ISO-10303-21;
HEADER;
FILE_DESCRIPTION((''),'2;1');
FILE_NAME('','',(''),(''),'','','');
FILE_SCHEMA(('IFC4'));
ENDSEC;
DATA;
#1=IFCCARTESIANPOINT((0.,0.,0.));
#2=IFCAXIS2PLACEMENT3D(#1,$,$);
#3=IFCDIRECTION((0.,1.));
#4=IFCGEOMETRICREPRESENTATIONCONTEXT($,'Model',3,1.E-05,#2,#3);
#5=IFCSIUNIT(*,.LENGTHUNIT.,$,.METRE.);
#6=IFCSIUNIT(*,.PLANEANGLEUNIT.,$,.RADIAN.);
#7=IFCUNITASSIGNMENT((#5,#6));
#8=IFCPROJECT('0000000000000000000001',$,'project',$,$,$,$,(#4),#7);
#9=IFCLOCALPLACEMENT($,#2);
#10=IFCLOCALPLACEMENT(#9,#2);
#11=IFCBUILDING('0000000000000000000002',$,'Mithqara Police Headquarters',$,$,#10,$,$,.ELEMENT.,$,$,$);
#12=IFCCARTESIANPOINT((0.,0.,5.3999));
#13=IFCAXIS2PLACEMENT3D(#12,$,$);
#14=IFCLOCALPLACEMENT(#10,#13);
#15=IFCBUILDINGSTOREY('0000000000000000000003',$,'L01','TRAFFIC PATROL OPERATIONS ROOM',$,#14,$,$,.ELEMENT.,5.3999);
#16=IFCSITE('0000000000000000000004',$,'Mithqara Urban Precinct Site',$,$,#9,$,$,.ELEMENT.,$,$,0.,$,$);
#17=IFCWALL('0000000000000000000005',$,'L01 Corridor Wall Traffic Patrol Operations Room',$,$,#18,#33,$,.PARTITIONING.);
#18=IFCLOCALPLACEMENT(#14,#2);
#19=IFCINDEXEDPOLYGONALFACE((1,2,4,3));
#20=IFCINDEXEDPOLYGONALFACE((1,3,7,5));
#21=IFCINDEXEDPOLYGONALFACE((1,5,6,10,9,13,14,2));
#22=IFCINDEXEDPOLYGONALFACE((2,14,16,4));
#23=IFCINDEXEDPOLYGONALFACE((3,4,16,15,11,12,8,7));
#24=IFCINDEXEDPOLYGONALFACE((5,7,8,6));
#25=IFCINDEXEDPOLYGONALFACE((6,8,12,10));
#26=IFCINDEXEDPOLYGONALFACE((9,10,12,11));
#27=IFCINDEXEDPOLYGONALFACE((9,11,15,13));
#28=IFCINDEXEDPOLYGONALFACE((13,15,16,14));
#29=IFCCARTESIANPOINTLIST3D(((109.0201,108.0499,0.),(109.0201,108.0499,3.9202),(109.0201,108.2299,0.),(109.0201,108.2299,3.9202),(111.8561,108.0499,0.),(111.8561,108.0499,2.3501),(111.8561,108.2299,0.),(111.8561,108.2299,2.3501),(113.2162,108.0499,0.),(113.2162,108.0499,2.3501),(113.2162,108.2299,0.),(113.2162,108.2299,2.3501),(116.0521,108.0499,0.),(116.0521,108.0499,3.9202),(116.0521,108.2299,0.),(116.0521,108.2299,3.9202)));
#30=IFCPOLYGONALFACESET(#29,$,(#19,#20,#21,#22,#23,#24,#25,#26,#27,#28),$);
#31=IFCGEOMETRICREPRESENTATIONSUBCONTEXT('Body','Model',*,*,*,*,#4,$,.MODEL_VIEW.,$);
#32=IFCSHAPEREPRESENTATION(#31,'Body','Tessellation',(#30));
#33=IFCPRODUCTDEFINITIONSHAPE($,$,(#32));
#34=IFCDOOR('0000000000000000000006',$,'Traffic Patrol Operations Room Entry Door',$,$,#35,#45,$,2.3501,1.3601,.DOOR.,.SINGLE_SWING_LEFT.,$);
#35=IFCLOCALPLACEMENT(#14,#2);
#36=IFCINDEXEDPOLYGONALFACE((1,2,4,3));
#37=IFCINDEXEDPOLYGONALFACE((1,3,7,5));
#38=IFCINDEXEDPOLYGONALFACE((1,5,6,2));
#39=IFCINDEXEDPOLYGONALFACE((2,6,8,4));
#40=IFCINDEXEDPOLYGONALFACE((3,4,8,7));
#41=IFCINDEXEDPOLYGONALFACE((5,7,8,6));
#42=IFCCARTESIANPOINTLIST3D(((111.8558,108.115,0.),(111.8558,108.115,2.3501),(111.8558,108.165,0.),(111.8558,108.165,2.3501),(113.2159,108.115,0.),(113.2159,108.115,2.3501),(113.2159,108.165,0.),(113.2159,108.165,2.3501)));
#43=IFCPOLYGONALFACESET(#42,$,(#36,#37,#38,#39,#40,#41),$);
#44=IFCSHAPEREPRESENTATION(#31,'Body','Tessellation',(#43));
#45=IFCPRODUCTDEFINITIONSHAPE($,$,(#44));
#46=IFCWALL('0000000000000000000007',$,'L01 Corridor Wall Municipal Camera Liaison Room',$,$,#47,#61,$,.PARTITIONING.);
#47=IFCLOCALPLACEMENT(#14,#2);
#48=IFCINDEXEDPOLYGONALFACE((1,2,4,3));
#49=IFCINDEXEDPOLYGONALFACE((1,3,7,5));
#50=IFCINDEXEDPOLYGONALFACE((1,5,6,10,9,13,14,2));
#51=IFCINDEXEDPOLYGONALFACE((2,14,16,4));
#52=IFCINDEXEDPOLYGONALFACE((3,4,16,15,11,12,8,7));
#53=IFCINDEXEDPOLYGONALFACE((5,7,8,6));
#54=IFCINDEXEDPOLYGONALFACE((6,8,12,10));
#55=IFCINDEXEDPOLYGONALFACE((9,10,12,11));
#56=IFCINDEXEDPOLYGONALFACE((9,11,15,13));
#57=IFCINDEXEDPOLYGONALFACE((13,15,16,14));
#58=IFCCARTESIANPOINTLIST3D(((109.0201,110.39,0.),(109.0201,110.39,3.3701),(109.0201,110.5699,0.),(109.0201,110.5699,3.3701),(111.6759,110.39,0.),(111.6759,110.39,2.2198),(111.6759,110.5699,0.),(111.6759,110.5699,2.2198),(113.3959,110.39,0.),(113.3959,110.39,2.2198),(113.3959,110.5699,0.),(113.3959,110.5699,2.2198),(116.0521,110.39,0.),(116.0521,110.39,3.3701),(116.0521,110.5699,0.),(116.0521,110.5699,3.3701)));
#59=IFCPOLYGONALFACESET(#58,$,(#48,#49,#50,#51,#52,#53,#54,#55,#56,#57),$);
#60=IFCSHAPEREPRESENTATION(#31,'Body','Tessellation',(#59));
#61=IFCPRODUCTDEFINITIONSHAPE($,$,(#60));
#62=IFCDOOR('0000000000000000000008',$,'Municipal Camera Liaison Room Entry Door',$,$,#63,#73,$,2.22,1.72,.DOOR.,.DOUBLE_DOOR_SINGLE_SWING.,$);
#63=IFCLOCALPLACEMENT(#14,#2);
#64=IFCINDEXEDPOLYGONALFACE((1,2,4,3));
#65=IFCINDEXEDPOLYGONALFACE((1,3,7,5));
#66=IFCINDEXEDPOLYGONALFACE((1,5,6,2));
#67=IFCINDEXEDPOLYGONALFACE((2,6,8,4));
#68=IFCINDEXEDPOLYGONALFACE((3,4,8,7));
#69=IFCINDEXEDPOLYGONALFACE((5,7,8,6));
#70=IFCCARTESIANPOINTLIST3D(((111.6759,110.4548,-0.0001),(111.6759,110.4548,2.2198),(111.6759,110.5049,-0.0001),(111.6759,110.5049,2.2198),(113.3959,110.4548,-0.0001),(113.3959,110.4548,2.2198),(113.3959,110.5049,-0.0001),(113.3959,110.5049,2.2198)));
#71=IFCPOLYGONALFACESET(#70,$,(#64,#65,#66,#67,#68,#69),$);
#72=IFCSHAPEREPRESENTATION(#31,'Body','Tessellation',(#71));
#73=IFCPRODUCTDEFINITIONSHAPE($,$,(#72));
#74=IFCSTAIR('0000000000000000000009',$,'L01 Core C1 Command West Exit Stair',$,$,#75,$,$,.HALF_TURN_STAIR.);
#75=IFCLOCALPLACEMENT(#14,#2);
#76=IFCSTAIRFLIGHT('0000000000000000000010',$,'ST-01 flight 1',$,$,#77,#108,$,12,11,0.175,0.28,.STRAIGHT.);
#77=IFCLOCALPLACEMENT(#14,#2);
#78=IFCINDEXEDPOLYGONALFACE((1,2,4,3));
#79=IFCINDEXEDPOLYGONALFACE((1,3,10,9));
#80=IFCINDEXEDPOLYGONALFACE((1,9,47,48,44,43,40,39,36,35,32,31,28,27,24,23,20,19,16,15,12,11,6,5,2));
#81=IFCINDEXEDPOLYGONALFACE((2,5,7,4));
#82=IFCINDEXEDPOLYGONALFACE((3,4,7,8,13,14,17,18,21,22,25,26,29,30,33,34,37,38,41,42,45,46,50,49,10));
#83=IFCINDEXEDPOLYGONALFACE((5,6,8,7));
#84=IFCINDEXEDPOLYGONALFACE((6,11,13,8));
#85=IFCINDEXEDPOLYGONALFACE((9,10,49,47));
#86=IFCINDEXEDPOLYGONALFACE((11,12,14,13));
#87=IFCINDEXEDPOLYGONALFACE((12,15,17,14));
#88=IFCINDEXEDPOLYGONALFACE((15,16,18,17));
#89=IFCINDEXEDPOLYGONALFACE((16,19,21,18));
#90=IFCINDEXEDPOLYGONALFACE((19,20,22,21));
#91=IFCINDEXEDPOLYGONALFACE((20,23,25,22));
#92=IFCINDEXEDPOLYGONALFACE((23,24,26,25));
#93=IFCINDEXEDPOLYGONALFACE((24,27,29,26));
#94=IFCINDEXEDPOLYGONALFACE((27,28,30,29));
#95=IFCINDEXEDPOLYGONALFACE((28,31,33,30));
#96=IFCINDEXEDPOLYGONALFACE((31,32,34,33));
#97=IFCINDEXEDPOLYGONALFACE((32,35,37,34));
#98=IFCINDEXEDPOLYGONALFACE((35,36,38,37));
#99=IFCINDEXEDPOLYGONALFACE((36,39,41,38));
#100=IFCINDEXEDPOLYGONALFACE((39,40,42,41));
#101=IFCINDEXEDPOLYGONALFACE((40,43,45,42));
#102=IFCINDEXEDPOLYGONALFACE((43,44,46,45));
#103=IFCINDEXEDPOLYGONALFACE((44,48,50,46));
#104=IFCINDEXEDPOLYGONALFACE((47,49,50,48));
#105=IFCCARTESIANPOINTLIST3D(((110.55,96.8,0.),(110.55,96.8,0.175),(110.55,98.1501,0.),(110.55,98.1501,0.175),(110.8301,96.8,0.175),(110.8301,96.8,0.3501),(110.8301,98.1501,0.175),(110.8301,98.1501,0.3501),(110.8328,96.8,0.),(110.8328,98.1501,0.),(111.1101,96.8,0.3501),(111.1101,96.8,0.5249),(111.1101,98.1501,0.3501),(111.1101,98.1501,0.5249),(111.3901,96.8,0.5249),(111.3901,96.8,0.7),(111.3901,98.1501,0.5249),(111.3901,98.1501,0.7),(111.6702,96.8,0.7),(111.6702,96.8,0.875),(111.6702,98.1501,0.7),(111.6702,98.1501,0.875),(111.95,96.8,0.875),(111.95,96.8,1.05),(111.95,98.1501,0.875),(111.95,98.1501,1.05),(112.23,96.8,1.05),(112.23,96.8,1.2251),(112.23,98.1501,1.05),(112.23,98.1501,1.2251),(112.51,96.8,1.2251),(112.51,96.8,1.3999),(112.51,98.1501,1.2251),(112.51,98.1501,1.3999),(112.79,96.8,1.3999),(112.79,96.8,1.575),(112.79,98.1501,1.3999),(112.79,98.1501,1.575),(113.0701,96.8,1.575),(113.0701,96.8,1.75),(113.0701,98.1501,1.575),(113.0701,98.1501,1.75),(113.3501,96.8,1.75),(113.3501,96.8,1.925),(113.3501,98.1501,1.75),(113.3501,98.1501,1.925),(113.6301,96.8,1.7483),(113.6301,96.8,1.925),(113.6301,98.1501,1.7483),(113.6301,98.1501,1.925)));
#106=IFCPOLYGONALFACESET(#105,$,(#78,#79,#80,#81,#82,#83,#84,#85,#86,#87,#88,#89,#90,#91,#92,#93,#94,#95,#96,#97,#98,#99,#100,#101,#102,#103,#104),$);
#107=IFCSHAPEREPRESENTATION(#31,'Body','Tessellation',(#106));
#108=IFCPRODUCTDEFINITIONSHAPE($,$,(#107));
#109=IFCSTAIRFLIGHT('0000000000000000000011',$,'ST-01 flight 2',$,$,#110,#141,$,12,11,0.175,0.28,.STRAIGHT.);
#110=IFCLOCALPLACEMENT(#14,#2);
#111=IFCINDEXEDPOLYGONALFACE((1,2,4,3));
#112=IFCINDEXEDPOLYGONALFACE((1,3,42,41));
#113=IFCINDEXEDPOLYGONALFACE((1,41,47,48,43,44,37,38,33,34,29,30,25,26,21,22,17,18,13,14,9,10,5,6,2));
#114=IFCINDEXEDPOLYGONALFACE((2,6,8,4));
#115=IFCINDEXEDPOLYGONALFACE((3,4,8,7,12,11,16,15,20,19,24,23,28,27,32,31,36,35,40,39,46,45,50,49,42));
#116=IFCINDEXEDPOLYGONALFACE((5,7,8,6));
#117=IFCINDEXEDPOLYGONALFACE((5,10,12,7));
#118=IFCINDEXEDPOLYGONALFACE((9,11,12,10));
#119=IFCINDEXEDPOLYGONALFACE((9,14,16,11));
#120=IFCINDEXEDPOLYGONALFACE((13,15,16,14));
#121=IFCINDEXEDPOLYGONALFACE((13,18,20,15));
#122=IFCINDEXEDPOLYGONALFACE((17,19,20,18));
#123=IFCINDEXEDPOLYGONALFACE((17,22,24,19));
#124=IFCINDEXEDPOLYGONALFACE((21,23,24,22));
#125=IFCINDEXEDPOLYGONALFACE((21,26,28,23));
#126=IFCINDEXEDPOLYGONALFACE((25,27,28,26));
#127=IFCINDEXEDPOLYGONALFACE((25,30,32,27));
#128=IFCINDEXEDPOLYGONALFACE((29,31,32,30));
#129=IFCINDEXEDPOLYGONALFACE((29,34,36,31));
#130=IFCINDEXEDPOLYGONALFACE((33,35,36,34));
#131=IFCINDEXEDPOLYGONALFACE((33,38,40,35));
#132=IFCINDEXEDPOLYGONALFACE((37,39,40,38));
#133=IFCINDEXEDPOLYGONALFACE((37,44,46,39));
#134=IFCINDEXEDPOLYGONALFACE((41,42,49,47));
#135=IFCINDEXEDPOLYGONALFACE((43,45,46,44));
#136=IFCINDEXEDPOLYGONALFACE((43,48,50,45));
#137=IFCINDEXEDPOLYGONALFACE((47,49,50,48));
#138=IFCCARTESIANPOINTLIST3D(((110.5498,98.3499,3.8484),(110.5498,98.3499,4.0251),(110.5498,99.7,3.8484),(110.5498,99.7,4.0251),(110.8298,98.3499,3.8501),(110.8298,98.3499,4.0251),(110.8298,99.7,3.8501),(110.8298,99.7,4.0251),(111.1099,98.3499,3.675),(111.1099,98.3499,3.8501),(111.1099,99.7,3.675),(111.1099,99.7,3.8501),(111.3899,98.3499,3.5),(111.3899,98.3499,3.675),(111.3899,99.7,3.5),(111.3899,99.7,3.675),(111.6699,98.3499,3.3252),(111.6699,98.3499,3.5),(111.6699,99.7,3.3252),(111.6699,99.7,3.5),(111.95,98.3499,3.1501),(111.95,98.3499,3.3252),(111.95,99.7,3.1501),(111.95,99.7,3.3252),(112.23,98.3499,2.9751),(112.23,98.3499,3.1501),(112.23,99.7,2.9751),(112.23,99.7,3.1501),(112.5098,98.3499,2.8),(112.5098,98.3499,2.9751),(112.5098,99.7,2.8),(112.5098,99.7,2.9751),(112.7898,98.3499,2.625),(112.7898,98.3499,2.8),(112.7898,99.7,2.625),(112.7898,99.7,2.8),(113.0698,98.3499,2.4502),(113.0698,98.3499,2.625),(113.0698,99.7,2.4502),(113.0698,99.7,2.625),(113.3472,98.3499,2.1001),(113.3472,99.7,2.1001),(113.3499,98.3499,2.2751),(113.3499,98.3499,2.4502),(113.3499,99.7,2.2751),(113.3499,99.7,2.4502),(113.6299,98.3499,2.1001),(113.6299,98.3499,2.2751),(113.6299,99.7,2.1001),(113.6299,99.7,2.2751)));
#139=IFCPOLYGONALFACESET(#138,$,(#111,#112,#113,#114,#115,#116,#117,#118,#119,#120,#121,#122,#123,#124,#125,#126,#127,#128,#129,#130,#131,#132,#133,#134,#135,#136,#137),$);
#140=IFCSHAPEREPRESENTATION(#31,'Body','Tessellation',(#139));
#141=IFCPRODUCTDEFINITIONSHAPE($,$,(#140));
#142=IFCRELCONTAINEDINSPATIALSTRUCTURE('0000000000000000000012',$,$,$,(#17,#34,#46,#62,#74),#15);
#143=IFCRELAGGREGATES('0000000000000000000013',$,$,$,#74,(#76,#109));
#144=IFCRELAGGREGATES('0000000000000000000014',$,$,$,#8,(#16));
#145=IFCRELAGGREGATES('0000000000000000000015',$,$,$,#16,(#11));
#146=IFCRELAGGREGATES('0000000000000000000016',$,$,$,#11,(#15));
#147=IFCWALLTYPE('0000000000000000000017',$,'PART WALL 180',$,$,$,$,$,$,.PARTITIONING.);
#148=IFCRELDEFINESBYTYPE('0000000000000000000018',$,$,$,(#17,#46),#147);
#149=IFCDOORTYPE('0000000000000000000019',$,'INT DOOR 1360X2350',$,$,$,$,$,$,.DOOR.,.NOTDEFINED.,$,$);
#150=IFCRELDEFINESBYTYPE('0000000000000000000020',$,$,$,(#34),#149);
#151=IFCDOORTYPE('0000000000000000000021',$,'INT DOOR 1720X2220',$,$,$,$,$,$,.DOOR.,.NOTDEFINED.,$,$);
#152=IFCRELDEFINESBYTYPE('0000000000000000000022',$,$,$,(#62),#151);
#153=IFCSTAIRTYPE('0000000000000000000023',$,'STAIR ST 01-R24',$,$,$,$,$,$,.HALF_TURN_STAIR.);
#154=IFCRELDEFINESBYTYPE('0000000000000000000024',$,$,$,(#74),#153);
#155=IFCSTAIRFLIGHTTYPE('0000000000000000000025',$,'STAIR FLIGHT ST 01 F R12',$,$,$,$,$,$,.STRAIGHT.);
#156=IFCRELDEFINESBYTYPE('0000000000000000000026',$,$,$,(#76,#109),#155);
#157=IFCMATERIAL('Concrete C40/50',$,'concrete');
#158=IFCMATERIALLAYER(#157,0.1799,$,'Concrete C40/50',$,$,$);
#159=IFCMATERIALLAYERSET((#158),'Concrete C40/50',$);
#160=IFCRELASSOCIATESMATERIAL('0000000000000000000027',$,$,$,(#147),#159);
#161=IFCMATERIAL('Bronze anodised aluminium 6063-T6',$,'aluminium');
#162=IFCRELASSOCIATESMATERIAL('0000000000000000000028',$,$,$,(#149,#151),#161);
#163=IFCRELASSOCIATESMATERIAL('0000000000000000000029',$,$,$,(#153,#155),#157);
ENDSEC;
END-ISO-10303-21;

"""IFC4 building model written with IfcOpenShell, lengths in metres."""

from ifc_helpers import new_model, si_unit, direction, frame, frame_2d, origin, place, context, subcontext, project, spatial, polyline, rectangle, outline, extrude, material, layer, layer_set, type_object, element, fill, aggregate, save


model = new_model("IFC4")

# Units and contexts
model_context = context("Model", 3, precision=1e-05, world=origin(), true_north=direction((0.0, 1.0)))
body_context = subcontext(model_context, "Body", "Model", "MODEL_VIEW")
ifc_project = project(units=[si_unit("LENGTHUNIT", "METRE"), si_unit("PLANEANGLEUNIT", "RADIAN")], contexts=[model_context])

# Site, building, storey
site_placement = place(None, origin())
site = spatial("IfcSite", under=ifc_project, at=site_placement, Name="Mithqara Urban Precinct Site", CompositionType="ELEMENT", RefElevation=0.0)
building_placement = place(site_placement, origin())
building = spatial("IfcBuilding", under=site, at=building_placement, Name="Mithqara Police Headquarters", CompositionType="ELEMENT")
storey_placement = place(building_placement, frame((0.0, 0.0, 5.3999)))
storey = spatial("IfcBuildingStorey", under=building, at=storey_placement, Name="L01", Description="TRAFFIC PATROL OPERATIONS ROOM", CompositionType="ELEMENT", Elevation=5.3999)

# Shared definitions
ifc_material_1 = material(Name="Concrete C40/50", Category="concrete")

# Walls, openings, doors
ifc_layer_1 = layer(ifc_material_1, 0.1799, Name="Concrete C40/50")
ifc_layer_set_1 = layer_set([ifc_layer_1], Name="Concrete C40/50")
wall_type = type_object("IfcWallType", Name="PART WALL 180", PredefinedType="PARTITIONING", material=ifc_layer_set_1)
wall_1_placement = place(storey_placement, frame((109.02, 108.1399, 0.0), z_axis=(0.0, 0.0, 1.0), x_axis=(1.0, 0.0, 0.0)))
wall_1 = element("IfcWall", 1, at=wall_1_placement, inside=storey, type_object=wall_type, Name="L01 Corridor Wall Traffic Patrol Operations Room", PredefinedType="PARTITIONING", context=body_context, shape_type="SweptSolid", body=[
    extrude(rectangle(XDim=7.032, YDim=0.1799, at=frame_2d((3.5161, 0.0))), origin(), (0.0, 0.0, 1.0), 3.9202),
])
opening_1_placement = place(wall_1_placement, frame((2.8359, 0.0, 0.0)))
opening_1 = element("IfcOpeningElement", 2, at=opening_1_placement, cuts=wall_1, PredefinedType="OPENING", context=body_context, shape_type="SweptSolid", body=[
    extrude(rectangle(XDim=1.3601, YDim=2.3501, at=frame_2d((0.6802, 1.175))), frame((0.0, 0.1001, 0.0), z_axis=(0.0, -1.0, 0.0), x_axis=(1.0, 0.0, 0.0)), (0.0, 0.0, 1.0), 0.2),
])
ifc_material_2 = material(Name="Bronze anodised aluminium 6063-T6", Category="aluminium")
door_type_1 = type_object("IfcDoorType", Name="INT DOOR 1360X2350", OperationType="NOTDEFINED", PredefinedType="DOOR", material=ifc_material_2)
door_1_placement = place(opening_1_placement, frame((1.3601, 0.0, 0.0), z_axis=(0.0, 0.0, 1.0), x_axis=(-1.0, 0.0, 0.0)))
door_1 = element("IfcDoor", 3, at=door_1_placement, inside=storey, type_object=door_type_1, Name="Traffic Patrol Operations Room Entry Door", OperationType="SINGLE_SWING_LEFT", OverallHeight=2.3501, OverallWidth=1.3601, PredefinedType="DOOR", context=body_context, shape_type="SweptSolid", body=[
    extrude(rectangle(XDim=1.3601, YDim=2.3501, at=frame_2d((0.6802, 1.175))), frame((0.0, 0.0249, 0.0), z_axis=(0.0, -1.0, 0.0), x_axis=(1.0, 0.0, 0.0)), (0.0, 0.0, 1.0), 0.05),
])
fill(opening_1, door_1)
wall_2_placement = place(storey_placement, frame((109.02, 110.48, 0.0), z_axis=(0.0, 0.0, 1.0), x_axis=(1.0, 0.0, 0.0)))
wall_2 = element("IfcWall", 4, at=wall_2_placement, inside=storey, type_object=wall_type, Name="L01 Corridor Wall Municipal Camera Liaison Room", PredefinedType="PARTITIONING", context=body_context, shape_type="SweptSolid", body=[
    extrude(rectangle(XDim=7.032, YDim=0.1799, at=frame_2d((3.5161, 0.0))), origin(), (0.0, 0.0, 1.0), 3.3701),
])
opening_2_placement = place(wall_2_placement, frame((2.656, 0.0, 0.0)))
opening_2 = element("IfcOpeningElement", 5, at=opening_2_placement, cuts=wall_2, PredefinedType="OPENING", context=body_context, shape_type="SweptSolid", body=[
    extrude(rectangle(XDim=1.72, YDim=2.22, at=frame_2d((0.8599, 1.1099))), frame((0.0, 0.1001, 0.0), z_axis=(0.0, -1.0, 0.0), x_axis=(1.0, 0.0, 0.0)), (0.0, 0.0, 1.0), 0.2),
])
door_type_2 = type_object("IfcDoorType", Name="INT DOOR 1720X2220", OperationType="NOTDEFINED", PredefinedType="DOOR", material=ifc_material_2)
door_2_placement = place(opening_2_placement, origin())
door_2 = element("IfcDoor", 6, at=door_2_placement, inside=storey, type_object=door_type_2, Name="Municipal Camera Liaison Room Entry Door", OperationType="DOUBLE_DOOR_SINGLE_SWING", OverallHeight=2.22, OverallWidth=1.72, PredefinedType="DOOR", context=body_context, shape_type="SweptSolid", body=[
    extrude(rectangle(XDim=1.72, YDim=2.22, at=frame_2d((0.8599, 1.1099))), frame((0.0, 0.0249, 0.0), z_axis=(0.0, -1.0, 0.0), x_axis=(1.0, 0.0, 0.0)), (0.0, 0.0, 1.0), 0.05),
])
fill(opening_2, door_2)

# Stair, stair flights
stair_type = type_object("IfcStairType", Name="STAIR ST 01-R24", PredefinedType="HALF_TURN_STAIR", material=ifc_material_1)
stair_placement = place(storey_placement, origin())
stair = element("IfcStair", 7, at=stair_placement, inside=storey, type_object=stair_type, Name="L01 Core C1 Command West Exit Stair", PredefinedType="HALF_TURN_STAIR")
stair_flight_type = type_object("IfcStairFlightType", Name="STAIR FLIGHT ST 01 F R12", PredefinedType="STRAIGHT", material=ifc_material_1)
stair_flight_1_placement = place(storey_placement, frame((110.55, 97.4751, 0.0), z_axis=(0.0, 0.0, 1.0), x_axis=(1.0, 0.0, 0.0)))
stair_flight_1 = element("IfcStairFlight", 8, at=stair_flight_1_placement, type_object=stair_flight_type, Name="ST-01 flight 1", NumberOfRisers=12, NumberOfTreads=11, PredefinedType="STRAIGHT", RiserHeight=0.175, TreadLength=0.28, context=body_context, shape_type="SweptSolid", body=[
    extrude(outline(polyline([(0.0, 0.0), (0.0, 0.175), (0.28, 0.175), (0.28, 0.3501), (0.5601, 0.3501), (0.5601, 0.5249), (0.8401, 0.5249), (0.8401, 0.7), (1.1201, 0.7), (1.1201, 0.875), (1.3999, 0.875), (1.3999, 1.05), (1.6799, 1.05), (1.6799, 1.2251), (1.96, 1.2251), (1.96, 1.3999), (2.24, 1.3999), (2.24, 1.575), (2.52, 1.575), (2.52, 1.75), (2.8, 1.75), (2.8, 1.925), (3.0801, 1.925), (3.0801, 2.1001), (3.0801, 1.7483), (0.2827, 0.0), (0.0, 0.0)])), frame((0.0, 0.675, 0.0), z_axis=(0.0, -1.0, 0.0), x_axis=(1.0, 0.0, 0.0)), (0.0, 0.0, 1.0), 1.3501),
])
stair_flight_2_placement = place(storey_placement, frame((113.6299, 99.0249, 2.1001), z_axis=(0.0, 0.0, 1.0), x_axis=(-1.0, 0.0, 0.0)))
stair_flight_2 = element("IfcStairFlight", 9, at=stair_flight_2_placement, type_object=stair_flight_type, Name="ST-01 flight 2", NumberOfRisers=12, NumberOfTreads=11, PredefinedType="STRAIGHT", RiserHeight=0.175, TreadLength=0.28, context=body_context, shape_type="SweptSolid", body=[
    extrude(outline(polyline([(0.0, 0.0), (0.0, 0.175), (0.28, 0.175), (0.28, 0.3501), (0.5601, 0.3501), (0.5601, 0.5249), (0.8401, 0.5249), (0.8401, 0.7), (1.1201, 0.7), (1.1201, 0.875), (1.3999, 0.875), (1.3999, 1.05), (1.6799, 1.05), (1.6799, 1.2251), (1.96, 1.2251), (1.96, 1.3999), (2.24, 1.3999), (2.24, 1.575), (2.52, 1.575), (2.52, 1.75), (2.8, 1.75), (2.8, 1.925), (3.0801, 1.925), (3.0801, 2.1001), (3.0801, 1.7483), (0.2827, 0.0), (0.0, 0.0)])), frame((0.0, 0.675, 0.0), z_axis=(0.0, -1.0, 0.0), x_axis=(1.0, 0.0, 0.0)), (0.0, 0.0, 1.0), 1.3501),
])
aggregate(stair, [stair_flight_1, stair_flight_2])

save(model, "model.ifc")
